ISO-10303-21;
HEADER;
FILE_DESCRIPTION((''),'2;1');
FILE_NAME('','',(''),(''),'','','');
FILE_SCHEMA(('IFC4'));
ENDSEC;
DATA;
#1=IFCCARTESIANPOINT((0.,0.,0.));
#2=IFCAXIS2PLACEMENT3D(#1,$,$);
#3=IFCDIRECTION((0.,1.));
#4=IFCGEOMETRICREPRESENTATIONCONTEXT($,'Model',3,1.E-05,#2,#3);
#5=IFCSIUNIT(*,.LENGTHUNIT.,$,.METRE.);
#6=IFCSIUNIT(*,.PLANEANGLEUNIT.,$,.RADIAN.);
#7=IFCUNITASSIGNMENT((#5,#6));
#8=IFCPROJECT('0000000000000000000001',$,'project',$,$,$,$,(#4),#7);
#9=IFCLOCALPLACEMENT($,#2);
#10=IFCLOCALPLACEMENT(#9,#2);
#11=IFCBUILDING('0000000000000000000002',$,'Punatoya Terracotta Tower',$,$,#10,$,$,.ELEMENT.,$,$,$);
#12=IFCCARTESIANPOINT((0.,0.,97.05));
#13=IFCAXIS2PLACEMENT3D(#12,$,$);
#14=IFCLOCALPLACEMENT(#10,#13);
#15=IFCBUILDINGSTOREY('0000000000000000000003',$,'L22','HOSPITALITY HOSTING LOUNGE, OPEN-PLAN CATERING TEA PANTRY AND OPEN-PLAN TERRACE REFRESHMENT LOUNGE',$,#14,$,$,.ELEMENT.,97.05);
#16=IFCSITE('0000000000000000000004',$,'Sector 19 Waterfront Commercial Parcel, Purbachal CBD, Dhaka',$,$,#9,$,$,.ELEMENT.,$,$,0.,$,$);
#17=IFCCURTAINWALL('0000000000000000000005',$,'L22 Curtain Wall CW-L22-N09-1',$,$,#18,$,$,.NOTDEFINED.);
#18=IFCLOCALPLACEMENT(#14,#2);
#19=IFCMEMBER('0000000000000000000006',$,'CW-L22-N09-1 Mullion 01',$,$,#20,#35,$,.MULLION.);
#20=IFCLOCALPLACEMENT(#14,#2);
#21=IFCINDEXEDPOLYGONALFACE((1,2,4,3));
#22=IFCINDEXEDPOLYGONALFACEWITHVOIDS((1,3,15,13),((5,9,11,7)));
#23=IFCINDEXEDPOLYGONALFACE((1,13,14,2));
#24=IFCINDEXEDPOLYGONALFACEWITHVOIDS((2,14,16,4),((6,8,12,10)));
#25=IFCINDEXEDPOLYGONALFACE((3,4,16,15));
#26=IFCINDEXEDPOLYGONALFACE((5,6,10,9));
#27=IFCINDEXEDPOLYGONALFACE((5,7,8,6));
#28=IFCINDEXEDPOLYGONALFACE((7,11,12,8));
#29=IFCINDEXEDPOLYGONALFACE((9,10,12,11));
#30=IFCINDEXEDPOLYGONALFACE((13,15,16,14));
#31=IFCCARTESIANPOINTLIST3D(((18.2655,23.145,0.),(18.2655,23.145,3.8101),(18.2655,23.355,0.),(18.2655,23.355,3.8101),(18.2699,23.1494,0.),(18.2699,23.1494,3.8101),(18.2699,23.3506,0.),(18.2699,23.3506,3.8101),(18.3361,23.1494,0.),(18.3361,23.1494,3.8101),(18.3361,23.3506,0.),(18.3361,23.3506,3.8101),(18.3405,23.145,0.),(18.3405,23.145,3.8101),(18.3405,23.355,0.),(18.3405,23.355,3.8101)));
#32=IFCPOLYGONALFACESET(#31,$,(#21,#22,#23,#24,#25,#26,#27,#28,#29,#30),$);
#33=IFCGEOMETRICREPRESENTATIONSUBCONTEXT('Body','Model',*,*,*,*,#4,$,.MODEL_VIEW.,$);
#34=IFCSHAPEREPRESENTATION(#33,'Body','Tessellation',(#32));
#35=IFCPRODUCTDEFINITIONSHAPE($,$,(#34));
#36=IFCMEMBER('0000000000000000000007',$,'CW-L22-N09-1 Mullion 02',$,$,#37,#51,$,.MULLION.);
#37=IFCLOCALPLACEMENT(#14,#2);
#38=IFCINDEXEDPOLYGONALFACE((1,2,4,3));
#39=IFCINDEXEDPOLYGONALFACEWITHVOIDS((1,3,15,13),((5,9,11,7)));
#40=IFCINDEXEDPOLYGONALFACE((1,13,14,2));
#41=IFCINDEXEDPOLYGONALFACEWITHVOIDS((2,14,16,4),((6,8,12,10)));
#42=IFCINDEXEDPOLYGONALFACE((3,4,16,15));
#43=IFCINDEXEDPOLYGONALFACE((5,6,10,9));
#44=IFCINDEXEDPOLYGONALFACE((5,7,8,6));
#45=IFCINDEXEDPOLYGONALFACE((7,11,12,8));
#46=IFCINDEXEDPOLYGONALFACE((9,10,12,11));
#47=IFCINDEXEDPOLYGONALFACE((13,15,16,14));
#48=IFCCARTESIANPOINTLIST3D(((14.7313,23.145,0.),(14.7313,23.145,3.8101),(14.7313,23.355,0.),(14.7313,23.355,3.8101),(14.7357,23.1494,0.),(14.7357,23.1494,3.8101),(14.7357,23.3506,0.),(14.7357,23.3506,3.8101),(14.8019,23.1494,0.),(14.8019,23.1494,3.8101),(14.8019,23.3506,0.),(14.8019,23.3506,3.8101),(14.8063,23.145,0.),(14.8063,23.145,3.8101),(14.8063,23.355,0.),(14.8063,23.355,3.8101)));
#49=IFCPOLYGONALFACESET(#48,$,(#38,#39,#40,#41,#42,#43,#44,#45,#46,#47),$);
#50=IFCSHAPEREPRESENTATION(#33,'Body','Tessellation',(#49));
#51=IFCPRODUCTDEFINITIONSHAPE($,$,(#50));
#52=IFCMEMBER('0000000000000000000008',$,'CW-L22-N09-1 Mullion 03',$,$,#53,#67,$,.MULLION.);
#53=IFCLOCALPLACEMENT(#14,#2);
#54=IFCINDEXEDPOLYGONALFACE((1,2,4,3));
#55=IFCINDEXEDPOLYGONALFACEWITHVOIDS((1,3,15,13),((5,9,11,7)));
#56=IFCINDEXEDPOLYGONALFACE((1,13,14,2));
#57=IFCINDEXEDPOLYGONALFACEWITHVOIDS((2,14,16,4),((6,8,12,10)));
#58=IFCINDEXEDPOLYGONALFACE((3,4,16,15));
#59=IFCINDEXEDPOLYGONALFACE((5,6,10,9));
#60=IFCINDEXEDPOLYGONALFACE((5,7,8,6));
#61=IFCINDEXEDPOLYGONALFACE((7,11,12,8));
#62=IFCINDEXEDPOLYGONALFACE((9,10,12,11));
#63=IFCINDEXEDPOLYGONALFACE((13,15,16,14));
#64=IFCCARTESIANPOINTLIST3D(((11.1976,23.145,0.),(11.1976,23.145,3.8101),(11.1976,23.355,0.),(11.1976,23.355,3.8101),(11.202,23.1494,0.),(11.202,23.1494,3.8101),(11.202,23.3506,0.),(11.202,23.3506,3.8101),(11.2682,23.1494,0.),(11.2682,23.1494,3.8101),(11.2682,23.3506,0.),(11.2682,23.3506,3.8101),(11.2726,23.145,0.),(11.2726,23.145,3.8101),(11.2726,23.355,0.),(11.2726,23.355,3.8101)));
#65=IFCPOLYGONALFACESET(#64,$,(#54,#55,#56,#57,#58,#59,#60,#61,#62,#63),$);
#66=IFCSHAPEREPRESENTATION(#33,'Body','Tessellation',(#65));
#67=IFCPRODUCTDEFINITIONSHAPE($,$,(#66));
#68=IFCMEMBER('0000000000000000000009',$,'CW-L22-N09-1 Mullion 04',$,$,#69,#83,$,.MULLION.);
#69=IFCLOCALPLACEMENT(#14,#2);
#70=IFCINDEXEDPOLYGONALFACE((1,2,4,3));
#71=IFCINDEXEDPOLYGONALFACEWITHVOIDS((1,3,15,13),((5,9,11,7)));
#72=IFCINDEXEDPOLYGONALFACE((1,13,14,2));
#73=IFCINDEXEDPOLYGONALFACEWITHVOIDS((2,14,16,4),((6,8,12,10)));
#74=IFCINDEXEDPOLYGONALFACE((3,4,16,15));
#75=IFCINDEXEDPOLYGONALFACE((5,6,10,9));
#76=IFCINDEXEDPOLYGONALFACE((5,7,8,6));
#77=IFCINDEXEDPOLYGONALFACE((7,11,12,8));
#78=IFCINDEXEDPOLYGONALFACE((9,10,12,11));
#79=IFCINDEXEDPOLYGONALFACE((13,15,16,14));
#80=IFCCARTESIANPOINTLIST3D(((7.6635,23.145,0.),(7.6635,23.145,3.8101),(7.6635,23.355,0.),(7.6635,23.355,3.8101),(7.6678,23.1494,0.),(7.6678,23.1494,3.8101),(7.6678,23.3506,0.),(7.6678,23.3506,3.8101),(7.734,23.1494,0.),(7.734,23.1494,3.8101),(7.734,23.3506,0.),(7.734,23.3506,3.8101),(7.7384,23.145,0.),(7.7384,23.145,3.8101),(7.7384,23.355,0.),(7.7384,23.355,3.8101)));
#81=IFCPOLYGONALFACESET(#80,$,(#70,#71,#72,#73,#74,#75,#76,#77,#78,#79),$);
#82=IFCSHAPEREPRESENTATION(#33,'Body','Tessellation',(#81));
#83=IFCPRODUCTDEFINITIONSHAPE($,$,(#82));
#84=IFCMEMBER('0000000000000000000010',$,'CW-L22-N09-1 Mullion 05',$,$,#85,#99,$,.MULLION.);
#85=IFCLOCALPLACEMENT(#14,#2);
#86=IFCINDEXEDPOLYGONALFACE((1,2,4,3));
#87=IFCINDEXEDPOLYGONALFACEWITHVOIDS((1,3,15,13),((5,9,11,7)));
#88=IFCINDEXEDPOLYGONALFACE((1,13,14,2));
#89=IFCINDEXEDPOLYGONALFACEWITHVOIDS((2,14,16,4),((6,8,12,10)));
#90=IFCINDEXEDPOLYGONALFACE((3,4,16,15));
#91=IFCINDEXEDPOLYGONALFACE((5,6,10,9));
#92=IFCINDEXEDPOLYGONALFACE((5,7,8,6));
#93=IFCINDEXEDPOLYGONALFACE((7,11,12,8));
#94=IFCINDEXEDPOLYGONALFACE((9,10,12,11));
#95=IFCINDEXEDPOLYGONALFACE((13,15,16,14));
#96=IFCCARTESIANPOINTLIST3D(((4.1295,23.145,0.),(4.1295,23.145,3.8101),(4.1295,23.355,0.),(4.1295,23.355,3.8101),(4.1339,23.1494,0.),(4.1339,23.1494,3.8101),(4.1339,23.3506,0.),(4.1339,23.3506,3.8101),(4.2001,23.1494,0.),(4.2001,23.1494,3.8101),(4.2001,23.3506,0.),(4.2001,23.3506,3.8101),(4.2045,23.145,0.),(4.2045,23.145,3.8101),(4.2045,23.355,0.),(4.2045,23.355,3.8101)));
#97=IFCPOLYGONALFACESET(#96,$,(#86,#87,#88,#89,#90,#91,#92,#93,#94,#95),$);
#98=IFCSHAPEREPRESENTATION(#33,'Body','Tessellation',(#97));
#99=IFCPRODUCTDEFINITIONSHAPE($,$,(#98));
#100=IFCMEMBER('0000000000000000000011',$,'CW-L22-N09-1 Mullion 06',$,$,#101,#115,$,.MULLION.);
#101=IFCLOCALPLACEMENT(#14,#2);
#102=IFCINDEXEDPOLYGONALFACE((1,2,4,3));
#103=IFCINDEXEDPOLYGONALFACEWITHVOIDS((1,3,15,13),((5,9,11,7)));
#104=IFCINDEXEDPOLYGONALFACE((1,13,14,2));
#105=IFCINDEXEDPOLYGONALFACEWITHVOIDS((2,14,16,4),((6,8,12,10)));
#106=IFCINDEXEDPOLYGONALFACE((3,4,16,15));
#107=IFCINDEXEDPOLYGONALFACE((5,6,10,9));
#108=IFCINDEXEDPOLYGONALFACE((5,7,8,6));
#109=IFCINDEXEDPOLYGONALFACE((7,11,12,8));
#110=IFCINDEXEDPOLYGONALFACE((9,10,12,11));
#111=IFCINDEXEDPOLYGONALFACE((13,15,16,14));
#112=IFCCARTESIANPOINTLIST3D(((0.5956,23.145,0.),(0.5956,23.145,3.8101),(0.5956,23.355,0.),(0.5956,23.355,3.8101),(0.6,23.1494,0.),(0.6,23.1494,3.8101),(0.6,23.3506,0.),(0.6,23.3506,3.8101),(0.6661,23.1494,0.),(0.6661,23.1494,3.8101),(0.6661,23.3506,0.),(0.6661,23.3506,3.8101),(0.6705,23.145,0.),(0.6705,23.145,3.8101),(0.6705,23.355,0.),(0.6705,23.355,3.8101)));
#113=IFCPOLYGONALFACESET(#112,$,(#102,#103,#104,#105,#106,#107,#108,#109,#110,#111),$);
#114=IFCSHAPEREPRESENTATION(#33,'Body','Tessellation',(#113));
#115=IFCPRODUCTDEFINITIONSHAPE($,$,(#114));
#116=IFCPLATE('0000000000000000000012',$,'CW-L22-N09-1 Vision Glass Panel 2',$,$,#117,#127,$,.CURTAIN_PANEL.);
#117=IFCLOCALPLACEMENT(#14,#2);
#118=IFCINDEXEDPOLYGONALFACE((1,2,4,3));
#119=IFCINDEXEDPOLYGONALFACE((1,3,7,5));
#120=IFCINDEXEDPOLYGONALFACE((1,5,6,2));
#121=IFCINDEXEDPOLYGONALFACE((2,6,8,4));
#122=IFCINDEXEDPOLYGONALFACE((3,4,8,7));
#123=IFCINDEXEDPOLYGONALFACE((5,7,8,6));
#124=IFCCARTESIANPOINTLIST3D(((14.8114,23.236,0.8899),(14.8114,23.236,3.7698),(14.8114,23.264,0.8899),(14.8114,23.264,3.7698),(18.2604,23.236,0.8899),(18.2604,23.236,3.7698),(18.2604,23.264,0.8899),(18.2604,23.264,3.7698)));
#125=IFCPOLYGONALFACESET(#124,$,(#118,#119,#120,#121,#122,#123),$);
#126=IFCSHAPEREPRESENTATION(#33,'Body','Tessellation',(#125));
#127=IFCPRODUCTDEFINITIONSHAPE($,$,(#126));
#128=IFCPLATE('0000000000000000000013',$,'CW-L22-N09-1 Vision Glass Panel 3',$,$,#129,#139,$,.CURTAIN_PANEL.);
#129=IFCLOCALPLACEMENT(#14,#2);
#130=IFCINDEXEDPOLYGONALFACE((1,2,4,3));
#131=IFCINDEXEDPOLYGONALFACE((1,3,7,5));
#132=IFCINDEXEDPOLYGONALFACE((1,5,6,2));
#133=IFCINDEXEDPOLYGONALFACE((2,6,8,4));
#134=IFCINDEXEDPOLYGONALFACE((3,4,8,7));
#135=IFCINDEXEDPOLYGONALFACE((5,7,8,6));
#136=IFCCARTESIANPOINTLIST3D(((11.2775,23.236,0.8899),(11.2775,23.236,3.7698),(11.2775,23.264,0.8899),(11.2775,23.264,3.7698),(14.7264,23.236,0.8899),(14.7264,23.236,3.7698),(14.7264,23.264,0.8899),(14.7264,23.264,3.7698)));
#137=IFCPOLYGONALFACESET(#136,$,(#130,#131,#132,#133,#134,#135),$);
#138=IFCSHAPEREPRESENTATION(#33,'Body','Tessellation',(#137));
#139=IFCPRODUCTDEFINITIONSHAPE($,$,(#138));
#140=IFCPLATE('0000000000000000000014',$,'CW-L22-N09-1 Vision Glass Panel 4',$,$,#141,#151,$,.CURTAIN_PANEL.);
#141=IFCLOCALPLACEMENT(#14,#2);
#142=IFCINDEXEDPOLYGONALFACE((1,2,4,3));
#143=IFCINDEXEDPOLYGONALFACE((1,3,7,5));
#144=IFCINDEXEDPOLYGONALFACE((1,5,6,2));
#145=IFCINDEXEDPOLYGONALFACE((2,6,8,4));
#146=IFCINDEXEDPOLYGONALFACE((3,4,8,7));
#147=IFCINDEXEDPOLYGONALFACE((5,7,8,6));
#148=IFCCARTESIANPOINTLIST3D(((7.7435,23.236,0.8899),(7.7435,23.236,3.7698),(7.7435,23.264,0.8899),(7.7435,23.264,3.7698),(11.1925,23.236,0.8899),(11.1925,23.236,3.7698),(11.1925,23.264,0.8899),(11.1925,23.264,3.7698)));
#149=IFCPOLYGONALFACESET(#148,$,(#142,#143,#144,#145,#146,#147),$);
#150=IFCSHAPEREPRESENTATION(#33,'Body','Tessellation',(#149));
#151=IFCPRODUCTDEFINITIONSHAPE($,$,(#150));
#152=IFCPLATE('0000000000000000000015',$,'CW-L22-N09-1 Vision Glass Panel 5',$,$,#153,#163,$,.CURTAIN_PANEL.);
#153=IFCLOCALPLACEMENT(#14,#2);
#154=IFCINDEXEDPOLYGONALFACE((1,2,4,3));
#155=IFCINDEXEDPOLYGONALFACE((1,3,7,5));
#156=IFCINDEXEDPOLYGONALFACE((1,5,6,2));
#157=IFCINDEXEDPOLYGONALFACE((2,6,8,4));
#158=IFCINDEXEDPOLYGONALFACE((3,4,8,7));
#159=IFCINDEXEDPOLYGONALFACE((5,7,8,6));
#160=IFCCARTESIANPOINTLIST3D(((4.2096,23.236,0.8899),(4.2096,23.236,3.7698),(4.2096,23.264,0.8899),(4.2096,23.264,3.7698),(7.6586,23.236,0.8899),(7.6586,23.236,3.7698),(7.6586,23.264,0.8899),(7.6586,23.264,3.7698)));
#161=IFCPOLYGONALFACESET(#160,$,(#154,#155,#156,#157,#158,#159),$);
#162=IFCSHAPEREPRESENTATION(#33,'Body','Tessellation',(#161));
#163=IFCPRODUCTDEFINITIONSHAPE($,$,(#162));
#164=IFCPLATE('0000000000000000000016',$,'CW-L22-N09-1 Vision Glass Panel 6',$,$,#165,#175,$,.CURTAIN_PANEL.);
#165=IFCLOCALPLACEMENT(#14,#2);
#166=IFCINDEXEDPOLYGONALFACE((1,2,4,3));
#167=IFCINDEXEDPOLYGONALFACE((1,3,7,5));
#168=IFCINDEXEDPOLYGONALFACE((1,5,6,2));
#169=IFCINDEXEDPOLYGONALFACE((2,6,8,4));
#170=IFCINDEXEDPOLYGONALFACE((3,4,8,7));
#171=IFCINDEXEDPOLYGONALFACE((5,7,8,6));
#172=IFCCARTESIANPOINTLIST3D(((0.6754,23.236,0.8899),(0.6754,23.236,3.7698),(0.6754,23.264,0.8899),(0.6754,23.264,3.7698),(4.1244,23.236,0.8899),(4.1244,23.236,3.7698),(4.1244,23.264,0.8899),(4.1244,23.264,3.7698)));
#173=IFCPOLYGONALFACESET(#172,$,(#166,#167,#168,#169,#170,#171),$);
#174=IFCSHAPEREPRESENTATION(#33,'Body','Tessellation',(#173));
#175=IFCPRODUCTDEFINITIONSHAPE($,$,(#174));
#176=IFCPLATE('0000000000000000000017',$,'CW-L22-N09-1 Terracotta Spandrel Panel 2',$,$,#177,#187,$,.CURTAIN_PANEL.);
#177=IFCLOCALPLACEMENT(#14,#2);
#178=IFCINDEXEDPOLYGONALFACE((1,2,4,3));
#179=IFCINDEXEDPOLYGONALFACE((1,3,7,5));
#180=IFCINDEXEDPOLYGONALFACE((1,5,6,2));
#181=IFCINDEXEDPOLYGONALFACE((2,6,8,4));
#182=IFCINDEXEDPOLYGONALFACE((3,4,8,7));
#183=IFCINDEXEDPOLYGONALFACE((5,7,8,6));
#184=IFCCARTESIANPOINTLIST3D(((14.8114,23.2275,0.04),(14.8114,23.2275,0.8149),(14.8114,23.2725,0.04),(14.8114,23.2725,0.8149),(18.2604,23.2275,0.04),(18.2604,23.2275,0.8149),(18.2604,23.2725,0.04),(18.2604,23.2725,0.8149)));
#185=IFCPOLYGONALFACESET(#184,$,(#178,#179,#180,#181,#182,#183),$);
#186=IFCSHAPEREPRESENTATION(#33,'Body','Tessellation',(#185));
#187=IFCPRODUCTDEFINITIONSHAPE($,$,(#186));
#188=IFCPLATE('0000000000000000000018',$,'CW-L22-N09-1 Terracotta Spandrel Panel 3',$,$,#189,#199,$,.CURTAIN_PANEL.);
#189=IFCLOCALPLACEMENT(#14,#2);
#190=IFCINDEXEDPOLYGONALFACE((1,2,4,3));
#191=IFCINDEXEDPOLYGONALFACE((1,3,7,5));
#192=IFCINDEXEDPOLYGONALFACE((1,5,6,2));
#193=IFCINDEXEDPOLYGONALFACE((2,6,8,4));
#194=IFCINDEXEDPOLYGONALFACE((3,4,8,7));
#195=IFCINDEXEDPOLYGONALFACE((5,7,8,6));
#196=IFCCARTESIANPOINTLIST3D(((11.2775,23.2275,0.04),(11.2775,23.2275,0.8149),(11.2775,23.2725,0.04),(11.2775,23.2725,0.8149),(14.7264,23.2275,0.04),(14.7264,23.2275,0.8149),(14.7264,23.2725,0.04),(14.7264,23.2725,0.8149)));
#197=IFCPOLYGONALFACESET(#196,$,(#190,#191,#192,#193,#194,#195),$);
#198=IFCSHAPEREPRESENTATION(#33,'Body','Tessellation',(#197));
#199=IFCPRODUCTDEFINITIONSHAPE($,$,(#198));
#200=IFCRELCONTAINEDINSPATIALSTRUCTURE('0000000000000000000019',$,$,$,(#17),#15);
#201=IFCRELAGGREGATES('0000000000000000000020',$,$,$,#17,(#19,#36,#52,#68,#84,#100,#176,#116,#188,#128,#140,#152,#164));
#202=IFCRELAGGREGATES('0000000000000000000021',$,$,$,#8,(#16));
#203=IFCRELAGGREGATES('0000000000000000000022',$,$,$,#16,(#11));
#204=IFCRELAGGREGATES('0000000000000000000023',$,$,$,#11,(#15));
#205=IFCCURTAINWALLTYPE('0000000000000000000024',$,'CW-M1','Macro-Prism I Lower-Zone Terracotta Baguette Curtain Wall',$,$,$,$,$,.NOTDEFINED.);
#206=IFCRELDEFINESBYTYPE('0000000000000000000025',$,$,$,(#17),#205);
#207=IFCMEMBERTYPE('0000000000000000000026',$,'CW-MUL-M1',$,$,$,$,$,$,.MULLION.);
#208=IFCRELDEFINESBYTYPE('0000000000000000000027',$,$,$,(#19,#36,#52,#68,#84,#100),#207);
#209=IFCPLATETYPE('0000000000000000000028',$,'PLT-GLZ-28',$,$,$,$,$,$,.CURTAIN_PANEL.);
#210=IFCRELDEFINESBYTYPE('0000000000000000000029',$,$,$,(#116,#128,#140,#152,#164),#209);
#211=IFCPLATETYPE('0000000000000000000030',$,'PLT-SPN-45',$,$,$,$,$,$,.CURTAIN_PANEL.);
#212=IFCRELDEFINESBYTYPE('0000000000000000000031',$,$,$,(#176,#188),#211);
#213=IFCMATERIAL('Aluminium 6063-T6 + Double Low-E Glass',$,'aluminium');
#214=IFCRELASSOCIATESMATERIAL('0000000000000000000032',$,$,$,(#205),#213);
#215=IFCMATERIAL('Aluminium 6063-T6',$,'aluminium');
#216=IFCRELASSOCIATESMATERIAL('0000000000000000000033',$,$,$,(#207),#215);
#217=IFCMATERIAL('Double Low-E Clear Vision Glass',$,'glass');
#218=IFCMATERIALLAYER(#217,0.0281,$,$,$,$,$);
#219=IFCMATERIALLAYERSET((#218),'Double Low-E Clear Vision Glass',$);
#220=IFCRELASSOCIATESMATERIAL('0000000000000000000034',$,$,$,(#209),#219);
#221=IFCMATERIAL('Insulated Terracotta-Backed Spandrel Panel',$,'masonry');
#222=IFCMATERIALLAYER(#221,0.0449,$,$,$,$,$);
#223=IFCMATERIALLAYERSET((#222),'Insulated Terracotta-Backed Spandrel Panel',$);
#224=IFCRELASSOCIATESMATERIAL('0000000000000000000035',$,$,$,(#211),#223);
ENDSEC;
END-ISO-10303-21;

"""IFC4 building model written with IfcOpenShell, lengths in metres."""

from ifc_helpers import new_model, si_unit, direction, frame, origin, origin_2d, place, context, subcontext, project, spatial, rectangle, hollow_rectangle, extrude, material, layer, layer_set, material_profile, profile_set, type_object, element, aggregate, save


model = new_model("IFC4")

# Units and contexts
model_context = context("Model", 3, precision=1e-05, world=origin(), true_north=direction((0.0, 1.0)))
body_context = subcontext(model_context, "Body", "Model", "MODEL_VIEW")
ifc_project = project(units=[si_unit("LENGTHUNIT", "METRE"), si_unit("PLANEANGLEUNIT", "RADIAN")], contexts=[model_context])

# Site, building, storey
site_placement = place(None, origin())
site = spatial("IfcSite", under=ifc_project, at=site_placement, Name="Sector 19 Waterfront Commercial Parcel, Purbachal CBD, Dhaka", CompositionType="ELEMENT", RefElevation=0.0)
building_placement = place(site_placement, origin())
building = spatial("IfcBuilding", under=site, at=building_placement, Name="Punatoya Terracotta Tower", CompositionType="ELEMENT")
storey_placement = place(building_placement, frame((0.0, 0.0, 97.05)))
storey = spatial("IfcBuildingStorey", under=building, at=storey_placement, Name="L22", Description="HOSPITALITY HOSTING LOUNGE, OPEN-PLAN CATERING TEA PANTRY AND OPEN-PLAN TERRACE REFRESHMENT LOUNGE", CompositionType="ELEMENT", Elevation=97.05)

# Curtain wall, members, plates
ifc_material_1 = material(Name="Aluminium 6063-T6 + Double Low-E Glass", Category="aluminium")
curtain_wall_type = type_object("IfcCurtainWallType", Name="CW-M1", Description="Macro-Prism I Lower-Zone Terracotta Baguette Curtain Wall", PredefinedType="NOTDEFINED", material=ifc_material_1)
curtain_wall_placement = place(storey_placement, origin())
curtain_wall = element("IfcCurtainWall", 1, at=curtain_wall_placement, inside=storey, type_object=curtain_wall_type, Name="L22 Curtain Wall CW-L22-N09-1", PredefinedType="NOTDEFINED")
ifc_material_2 = material(Name="Aluminium 6063-T6", Category="aluminium")
ifc_material_profile_1 = material_profile(ifc_material_2, hollow_rectangle(XDim=0.075, YDim=0.21, WallThickness=0.0044, at=origin_2d()))
ifc_profile_set_1 = profile_set([ifc_material_profile_1], Name="Aluminium 6063-T6")
member_type = type_object("IfcMemberType", Name="CW-MUL-M1", PredefinedType="MULLION", material=ifc_profile_set_1)
member_1_placement = place(storey_placement, frame((18.303, 23.25, 0.0), z_axis=(0.0, 0.0, 1.0), x_axis=(1.0, 0.0, 0.0)))
member_1 = element("IfcMember", 2, at=member_1_placement, type_object=member_type, Name="CW-L22-N09-1 Mullion 01", PredefinedType="MULLION", context=body_context, shape_type="SweptSolid", body=[
    extrude(hollow_rectangle(XDim=0.075, YDim=0.21, WallThickness=0.0044, at=origin_2d()), origin(), (0.0, 0.0, 1.0), 3.8101),
])
member_2_placement = place(storey_placement, frame((14.7688, 23.25, 0.0), z_axis=(0.0, 0.0, 1.0), x_axis=(1.0, 0.0, 0.0)))
member_2 = element("IfcMember", 3, at=member_2_placement, type_object=member_type, Name="CW-L22-N09-1 Mullion 02", PredefinedType="MULLION", context=body_context, shape_type="SweptSolid", body=[
    extrude(hollow_rectangle(XDim=0.075, YDim=0.21, WallThickness=0.0044, at=origin_2d()), origin(), (0.0, 0.0, 1.0), 3.8101),
])
member_3_placement = place(storey_placement, frame((11.2351, 23.25, 0.0), z_axis=(0.0, 0.0, 1.0), x_axis=(1.0, 0.0, 0.0)))
member_3 = element("IfcMember", 4, at=member_3_placement, type_object=member_type, Name="CW-L22-N09-1 Mullion 03", PredefinedType="MULLION", context=body_context, shape_type="SweptSolid", body=[
    extrude(hollow_rectangle(XDim=0.075, YDim=0.21, WallThickness=0.0044, at=origin_2d()), origin(), (0.0, 0.0, 1.0), 3.8101),
])
member_4_placement = place(storey_placement, frame((7.7009, 23.25, 0.0), z_axis=(0.0, 0.0, 1.0), x_axis=(1.0, 0.0, 0.0)))
member_4 = element("IfcMember", 5, at=member_4_placement, type_object=member_type, Name="CW-L22-N09-1 Mullion 04", PredefinedType="MULLION", context=body_context, shape_type="SweptSolid", body=[
    extrude(hollow_rectangle(XDim=0.075, YDim=0.21, WallThickness=0.0044, at=origin_2d()), origin(), (0.0, 0.0, 1.0), 3.8101),
])
member_5_placement = place(storey_placement, frame((4.167, 23.25, 0.0), z_axis=(0.0, 0.0, 1.0), x_axis=(1.0, 0.0, 0.0)))
member_5 = element("IfcMember", 6, at=member_5_placement, type_object=member_type, Name="CW-L22-N09-1 Mullion 05", PredefinedType="MULLION", context=body_context, shape_type="SweptSolid", body=[
    extrude(hollow_rectangle(XDim=0.075, YDim=0.21, WallThickness=0.0044, at=origin_2d()), origin(), (0.0, 0.0, 1.0), 3.8101),
])
member_6_placement = place(storey_placement, frame((0.6331, 23.25, 0.0), z_axis=(0.0, 0.0, 1.0), x_axis=(1.0, 0.0, 0.0)))
member_6 = element("IfcMember", 7, at=member_6_placement, type_object=member_type, Name="CW-L22-N09-1 Mullion 06", PredefinedType="MULLION", context=body_context, shape_type="SweptSolid", body=[
    extrude(hollow_rectangle(XDim=0.075, YDim=0.21, WallThickness=0.0044, at=origin_2d()), origin(), (0.0, 0.0, 1.0), 3.8101),
])
ifc_material_3 = material(Name="Double Low-E Clear Vision Glass", Category="glass")
ifc_layer_1 = layer(ifc_material_3, 0.0281)
ifc_layer_set_1 = layer_set([ifc_layer_1], Name="Double Low-E Clear Vision Glass")
plate_type_1 = type_object("IfcPlateType", Name="PLT-GLZ-28", PredefinedType="CURTAIN_PANEL", material=ifc_layer_set_1)
plate_1_placement = place(storey_placement, frame((16.5359, 23.25, 0.8899), z_axis=(0.0, 0.0, 1.0), x_axis=(-1.0, 0.0, 0.0)))
plate_1 = element("IfcPlate", 8, at=plate_1_placement, type_object=plate_type_1, Name="CW-L22-N09-1 Vision Glass Panel 2", PredefinedType="CURTAIN_PANEL", context=body_context, shape_type="SweptSolid", body=[
    extrude(rectangle(XDim=3.449, YDim=0.0281, at=origin_2d()), origin(), (0.0, 0.0, 1.0), 2.8799),
])
plate_2_placement = place(storey_placement, frame((13.002, 23.25, 0.8899), z_axis=(0.0, 0.0, 1.0), x_axis=(-1.0, 0.0, 0.0)))
plate_2 = element("IfcPlate", 9, at=plate_2_placement, type_object=plate_type_1, Name="CW-L22-N09-1 Vision Glass Panel 3", PredefinedType="CURTAIN_PANEL", context=body_context, shape_type="SweptSolid", body=[
    extrude(rectangle(XDim=3.449, YDim=0.0281, at=origin_2d()), origin(), (0.0, 0.0, 1.0), 2.8799),
])
plate_3_placement = place(storey_placement, frame((9.468, 23.25, 0.8899), z_axis=(0.0, 0.0, 1.0), x_axis=(-1.0, 0.0, 0.0)))
plate_3 = element("IfcPlate", 10, at=plate_3_placement, type_object=plate_type_1, Name="CW-L22-N09-1 Vision Glass Panel 4", PredefinedType="CURTAIN_PANEL", context=body_context, shape_type="SweptSolid", body=[
    extrude(rectangle(XDim=3.449, YDim=0.0281, at=origin_2d()), origin(), (0.0, 0.0, 1.0), 2.8799),
])
plate_4_placement = place(storey_placement, frame((5.9341, 23.25, 0.8899), z_axis=(0.0, 0.0, 1.0), x_axis=(-1.0, 0.0, 0.0)))
plate_4 = element("IfcPlate", 11, at=plate_4_placement, type_object=plate_type_1, Name="CW-L22-N09-1 Vision Glass Panel 5", PredefinedType="CURTAIN_PANEL", context=body_context, shape_type="SweptSolid", body=[
    extrude(rectangle(XDim=3.449, YDim=0.0281, at=origin_2d()), origin(), (0.0, 0.0, 1.0), 2.8799),
])
plate_5_placement = place(storey_placement, frame((2.3999, 23.25, 0.8899), z_axis=(0.0, 0.0, 1.0), x_axis=(-1.0, 0.0, 0.0)))
plate_5 = element("IfcPlate", 12, at=plate_5_placement, type_object=plate_type_1, Name="CW-L22-N09-1 Vision Glass Panel 6", PredefinedType="CURTAIN_PANEL", context=body_context, shape_type="SweptSolid", body=[
    extrude(rectangle(XDim=3.449, YDim=0.0281, at=origin_2d()), origin(), (0.0, 0.0, 1.0), 2.8799),
])
ifc_material_4 = material(Name="Insulated Terracotta-Backed Spandrel Panel", Category="masonry")
ifc_layer_2 = layer(ifc_material_4, 0.0449)
ifc_layer_set_2 = layer_set([ifc_layer_2], Name="Insulated Terracotta-Backed Spandrel Panel")
plate_type_2 = type_object("IfcPlateType", Name="PLT-SPN-45", PredefinedType="CURTAIN_PANEL", material=ifc_layer_set_2)
plate_6_placement = place(storey_placement, frame((16.5359, 23.25, 0.04), z_axis=(0.0, 0.0, 1.0), x_axis=(-1.0, 0.0, 0.0)))
plate_6 = element("IfcPlate", 13, at=plate_6_placement, type_object=plate_type_2, Name="CW-L22-N09-1 Terracotta Spandrel Panel 2", PredefinedType="CURTAIN_PANEL", context=body_context, shape_type="SweptSolid", body=[
    extrude(rectangle(XDim=3.449, YDim=0.0449, at=origin_2d()), origin(), (0.0, 0.0, 1.0), 0.7749),
])
plate_7_placement = place(storey_placement, frame((13.002, 23.25, 0.04), z_axis=(0.0, 0.0, 1.0), x_axis=(-1.0, 0.0, 0.0)))
plate_7 = element("IfcPlate", 14, at=plate_7_placement, type_object=plate_type_2, Name="CW-L22-N09-1 Terracotta Spandrel Panel 3", PredefinedType="CURTAIN_PANEL", context=body_context, shape_type="SweptSolid", body=[
    extrude(rectangle(XDim=3.449, YDim=0.0449, at=origin_2d()), origin(), (0.0, 0.0, 1.0), 0.7749),
])
aggregate(curtain_wall, [member_1, member_2, member_3, member_4, member_5, member_6, plate_6, plate_1, plate_7, plate_2, plate_3, plate_4, plate_5])

save(model, "model.ifc")
